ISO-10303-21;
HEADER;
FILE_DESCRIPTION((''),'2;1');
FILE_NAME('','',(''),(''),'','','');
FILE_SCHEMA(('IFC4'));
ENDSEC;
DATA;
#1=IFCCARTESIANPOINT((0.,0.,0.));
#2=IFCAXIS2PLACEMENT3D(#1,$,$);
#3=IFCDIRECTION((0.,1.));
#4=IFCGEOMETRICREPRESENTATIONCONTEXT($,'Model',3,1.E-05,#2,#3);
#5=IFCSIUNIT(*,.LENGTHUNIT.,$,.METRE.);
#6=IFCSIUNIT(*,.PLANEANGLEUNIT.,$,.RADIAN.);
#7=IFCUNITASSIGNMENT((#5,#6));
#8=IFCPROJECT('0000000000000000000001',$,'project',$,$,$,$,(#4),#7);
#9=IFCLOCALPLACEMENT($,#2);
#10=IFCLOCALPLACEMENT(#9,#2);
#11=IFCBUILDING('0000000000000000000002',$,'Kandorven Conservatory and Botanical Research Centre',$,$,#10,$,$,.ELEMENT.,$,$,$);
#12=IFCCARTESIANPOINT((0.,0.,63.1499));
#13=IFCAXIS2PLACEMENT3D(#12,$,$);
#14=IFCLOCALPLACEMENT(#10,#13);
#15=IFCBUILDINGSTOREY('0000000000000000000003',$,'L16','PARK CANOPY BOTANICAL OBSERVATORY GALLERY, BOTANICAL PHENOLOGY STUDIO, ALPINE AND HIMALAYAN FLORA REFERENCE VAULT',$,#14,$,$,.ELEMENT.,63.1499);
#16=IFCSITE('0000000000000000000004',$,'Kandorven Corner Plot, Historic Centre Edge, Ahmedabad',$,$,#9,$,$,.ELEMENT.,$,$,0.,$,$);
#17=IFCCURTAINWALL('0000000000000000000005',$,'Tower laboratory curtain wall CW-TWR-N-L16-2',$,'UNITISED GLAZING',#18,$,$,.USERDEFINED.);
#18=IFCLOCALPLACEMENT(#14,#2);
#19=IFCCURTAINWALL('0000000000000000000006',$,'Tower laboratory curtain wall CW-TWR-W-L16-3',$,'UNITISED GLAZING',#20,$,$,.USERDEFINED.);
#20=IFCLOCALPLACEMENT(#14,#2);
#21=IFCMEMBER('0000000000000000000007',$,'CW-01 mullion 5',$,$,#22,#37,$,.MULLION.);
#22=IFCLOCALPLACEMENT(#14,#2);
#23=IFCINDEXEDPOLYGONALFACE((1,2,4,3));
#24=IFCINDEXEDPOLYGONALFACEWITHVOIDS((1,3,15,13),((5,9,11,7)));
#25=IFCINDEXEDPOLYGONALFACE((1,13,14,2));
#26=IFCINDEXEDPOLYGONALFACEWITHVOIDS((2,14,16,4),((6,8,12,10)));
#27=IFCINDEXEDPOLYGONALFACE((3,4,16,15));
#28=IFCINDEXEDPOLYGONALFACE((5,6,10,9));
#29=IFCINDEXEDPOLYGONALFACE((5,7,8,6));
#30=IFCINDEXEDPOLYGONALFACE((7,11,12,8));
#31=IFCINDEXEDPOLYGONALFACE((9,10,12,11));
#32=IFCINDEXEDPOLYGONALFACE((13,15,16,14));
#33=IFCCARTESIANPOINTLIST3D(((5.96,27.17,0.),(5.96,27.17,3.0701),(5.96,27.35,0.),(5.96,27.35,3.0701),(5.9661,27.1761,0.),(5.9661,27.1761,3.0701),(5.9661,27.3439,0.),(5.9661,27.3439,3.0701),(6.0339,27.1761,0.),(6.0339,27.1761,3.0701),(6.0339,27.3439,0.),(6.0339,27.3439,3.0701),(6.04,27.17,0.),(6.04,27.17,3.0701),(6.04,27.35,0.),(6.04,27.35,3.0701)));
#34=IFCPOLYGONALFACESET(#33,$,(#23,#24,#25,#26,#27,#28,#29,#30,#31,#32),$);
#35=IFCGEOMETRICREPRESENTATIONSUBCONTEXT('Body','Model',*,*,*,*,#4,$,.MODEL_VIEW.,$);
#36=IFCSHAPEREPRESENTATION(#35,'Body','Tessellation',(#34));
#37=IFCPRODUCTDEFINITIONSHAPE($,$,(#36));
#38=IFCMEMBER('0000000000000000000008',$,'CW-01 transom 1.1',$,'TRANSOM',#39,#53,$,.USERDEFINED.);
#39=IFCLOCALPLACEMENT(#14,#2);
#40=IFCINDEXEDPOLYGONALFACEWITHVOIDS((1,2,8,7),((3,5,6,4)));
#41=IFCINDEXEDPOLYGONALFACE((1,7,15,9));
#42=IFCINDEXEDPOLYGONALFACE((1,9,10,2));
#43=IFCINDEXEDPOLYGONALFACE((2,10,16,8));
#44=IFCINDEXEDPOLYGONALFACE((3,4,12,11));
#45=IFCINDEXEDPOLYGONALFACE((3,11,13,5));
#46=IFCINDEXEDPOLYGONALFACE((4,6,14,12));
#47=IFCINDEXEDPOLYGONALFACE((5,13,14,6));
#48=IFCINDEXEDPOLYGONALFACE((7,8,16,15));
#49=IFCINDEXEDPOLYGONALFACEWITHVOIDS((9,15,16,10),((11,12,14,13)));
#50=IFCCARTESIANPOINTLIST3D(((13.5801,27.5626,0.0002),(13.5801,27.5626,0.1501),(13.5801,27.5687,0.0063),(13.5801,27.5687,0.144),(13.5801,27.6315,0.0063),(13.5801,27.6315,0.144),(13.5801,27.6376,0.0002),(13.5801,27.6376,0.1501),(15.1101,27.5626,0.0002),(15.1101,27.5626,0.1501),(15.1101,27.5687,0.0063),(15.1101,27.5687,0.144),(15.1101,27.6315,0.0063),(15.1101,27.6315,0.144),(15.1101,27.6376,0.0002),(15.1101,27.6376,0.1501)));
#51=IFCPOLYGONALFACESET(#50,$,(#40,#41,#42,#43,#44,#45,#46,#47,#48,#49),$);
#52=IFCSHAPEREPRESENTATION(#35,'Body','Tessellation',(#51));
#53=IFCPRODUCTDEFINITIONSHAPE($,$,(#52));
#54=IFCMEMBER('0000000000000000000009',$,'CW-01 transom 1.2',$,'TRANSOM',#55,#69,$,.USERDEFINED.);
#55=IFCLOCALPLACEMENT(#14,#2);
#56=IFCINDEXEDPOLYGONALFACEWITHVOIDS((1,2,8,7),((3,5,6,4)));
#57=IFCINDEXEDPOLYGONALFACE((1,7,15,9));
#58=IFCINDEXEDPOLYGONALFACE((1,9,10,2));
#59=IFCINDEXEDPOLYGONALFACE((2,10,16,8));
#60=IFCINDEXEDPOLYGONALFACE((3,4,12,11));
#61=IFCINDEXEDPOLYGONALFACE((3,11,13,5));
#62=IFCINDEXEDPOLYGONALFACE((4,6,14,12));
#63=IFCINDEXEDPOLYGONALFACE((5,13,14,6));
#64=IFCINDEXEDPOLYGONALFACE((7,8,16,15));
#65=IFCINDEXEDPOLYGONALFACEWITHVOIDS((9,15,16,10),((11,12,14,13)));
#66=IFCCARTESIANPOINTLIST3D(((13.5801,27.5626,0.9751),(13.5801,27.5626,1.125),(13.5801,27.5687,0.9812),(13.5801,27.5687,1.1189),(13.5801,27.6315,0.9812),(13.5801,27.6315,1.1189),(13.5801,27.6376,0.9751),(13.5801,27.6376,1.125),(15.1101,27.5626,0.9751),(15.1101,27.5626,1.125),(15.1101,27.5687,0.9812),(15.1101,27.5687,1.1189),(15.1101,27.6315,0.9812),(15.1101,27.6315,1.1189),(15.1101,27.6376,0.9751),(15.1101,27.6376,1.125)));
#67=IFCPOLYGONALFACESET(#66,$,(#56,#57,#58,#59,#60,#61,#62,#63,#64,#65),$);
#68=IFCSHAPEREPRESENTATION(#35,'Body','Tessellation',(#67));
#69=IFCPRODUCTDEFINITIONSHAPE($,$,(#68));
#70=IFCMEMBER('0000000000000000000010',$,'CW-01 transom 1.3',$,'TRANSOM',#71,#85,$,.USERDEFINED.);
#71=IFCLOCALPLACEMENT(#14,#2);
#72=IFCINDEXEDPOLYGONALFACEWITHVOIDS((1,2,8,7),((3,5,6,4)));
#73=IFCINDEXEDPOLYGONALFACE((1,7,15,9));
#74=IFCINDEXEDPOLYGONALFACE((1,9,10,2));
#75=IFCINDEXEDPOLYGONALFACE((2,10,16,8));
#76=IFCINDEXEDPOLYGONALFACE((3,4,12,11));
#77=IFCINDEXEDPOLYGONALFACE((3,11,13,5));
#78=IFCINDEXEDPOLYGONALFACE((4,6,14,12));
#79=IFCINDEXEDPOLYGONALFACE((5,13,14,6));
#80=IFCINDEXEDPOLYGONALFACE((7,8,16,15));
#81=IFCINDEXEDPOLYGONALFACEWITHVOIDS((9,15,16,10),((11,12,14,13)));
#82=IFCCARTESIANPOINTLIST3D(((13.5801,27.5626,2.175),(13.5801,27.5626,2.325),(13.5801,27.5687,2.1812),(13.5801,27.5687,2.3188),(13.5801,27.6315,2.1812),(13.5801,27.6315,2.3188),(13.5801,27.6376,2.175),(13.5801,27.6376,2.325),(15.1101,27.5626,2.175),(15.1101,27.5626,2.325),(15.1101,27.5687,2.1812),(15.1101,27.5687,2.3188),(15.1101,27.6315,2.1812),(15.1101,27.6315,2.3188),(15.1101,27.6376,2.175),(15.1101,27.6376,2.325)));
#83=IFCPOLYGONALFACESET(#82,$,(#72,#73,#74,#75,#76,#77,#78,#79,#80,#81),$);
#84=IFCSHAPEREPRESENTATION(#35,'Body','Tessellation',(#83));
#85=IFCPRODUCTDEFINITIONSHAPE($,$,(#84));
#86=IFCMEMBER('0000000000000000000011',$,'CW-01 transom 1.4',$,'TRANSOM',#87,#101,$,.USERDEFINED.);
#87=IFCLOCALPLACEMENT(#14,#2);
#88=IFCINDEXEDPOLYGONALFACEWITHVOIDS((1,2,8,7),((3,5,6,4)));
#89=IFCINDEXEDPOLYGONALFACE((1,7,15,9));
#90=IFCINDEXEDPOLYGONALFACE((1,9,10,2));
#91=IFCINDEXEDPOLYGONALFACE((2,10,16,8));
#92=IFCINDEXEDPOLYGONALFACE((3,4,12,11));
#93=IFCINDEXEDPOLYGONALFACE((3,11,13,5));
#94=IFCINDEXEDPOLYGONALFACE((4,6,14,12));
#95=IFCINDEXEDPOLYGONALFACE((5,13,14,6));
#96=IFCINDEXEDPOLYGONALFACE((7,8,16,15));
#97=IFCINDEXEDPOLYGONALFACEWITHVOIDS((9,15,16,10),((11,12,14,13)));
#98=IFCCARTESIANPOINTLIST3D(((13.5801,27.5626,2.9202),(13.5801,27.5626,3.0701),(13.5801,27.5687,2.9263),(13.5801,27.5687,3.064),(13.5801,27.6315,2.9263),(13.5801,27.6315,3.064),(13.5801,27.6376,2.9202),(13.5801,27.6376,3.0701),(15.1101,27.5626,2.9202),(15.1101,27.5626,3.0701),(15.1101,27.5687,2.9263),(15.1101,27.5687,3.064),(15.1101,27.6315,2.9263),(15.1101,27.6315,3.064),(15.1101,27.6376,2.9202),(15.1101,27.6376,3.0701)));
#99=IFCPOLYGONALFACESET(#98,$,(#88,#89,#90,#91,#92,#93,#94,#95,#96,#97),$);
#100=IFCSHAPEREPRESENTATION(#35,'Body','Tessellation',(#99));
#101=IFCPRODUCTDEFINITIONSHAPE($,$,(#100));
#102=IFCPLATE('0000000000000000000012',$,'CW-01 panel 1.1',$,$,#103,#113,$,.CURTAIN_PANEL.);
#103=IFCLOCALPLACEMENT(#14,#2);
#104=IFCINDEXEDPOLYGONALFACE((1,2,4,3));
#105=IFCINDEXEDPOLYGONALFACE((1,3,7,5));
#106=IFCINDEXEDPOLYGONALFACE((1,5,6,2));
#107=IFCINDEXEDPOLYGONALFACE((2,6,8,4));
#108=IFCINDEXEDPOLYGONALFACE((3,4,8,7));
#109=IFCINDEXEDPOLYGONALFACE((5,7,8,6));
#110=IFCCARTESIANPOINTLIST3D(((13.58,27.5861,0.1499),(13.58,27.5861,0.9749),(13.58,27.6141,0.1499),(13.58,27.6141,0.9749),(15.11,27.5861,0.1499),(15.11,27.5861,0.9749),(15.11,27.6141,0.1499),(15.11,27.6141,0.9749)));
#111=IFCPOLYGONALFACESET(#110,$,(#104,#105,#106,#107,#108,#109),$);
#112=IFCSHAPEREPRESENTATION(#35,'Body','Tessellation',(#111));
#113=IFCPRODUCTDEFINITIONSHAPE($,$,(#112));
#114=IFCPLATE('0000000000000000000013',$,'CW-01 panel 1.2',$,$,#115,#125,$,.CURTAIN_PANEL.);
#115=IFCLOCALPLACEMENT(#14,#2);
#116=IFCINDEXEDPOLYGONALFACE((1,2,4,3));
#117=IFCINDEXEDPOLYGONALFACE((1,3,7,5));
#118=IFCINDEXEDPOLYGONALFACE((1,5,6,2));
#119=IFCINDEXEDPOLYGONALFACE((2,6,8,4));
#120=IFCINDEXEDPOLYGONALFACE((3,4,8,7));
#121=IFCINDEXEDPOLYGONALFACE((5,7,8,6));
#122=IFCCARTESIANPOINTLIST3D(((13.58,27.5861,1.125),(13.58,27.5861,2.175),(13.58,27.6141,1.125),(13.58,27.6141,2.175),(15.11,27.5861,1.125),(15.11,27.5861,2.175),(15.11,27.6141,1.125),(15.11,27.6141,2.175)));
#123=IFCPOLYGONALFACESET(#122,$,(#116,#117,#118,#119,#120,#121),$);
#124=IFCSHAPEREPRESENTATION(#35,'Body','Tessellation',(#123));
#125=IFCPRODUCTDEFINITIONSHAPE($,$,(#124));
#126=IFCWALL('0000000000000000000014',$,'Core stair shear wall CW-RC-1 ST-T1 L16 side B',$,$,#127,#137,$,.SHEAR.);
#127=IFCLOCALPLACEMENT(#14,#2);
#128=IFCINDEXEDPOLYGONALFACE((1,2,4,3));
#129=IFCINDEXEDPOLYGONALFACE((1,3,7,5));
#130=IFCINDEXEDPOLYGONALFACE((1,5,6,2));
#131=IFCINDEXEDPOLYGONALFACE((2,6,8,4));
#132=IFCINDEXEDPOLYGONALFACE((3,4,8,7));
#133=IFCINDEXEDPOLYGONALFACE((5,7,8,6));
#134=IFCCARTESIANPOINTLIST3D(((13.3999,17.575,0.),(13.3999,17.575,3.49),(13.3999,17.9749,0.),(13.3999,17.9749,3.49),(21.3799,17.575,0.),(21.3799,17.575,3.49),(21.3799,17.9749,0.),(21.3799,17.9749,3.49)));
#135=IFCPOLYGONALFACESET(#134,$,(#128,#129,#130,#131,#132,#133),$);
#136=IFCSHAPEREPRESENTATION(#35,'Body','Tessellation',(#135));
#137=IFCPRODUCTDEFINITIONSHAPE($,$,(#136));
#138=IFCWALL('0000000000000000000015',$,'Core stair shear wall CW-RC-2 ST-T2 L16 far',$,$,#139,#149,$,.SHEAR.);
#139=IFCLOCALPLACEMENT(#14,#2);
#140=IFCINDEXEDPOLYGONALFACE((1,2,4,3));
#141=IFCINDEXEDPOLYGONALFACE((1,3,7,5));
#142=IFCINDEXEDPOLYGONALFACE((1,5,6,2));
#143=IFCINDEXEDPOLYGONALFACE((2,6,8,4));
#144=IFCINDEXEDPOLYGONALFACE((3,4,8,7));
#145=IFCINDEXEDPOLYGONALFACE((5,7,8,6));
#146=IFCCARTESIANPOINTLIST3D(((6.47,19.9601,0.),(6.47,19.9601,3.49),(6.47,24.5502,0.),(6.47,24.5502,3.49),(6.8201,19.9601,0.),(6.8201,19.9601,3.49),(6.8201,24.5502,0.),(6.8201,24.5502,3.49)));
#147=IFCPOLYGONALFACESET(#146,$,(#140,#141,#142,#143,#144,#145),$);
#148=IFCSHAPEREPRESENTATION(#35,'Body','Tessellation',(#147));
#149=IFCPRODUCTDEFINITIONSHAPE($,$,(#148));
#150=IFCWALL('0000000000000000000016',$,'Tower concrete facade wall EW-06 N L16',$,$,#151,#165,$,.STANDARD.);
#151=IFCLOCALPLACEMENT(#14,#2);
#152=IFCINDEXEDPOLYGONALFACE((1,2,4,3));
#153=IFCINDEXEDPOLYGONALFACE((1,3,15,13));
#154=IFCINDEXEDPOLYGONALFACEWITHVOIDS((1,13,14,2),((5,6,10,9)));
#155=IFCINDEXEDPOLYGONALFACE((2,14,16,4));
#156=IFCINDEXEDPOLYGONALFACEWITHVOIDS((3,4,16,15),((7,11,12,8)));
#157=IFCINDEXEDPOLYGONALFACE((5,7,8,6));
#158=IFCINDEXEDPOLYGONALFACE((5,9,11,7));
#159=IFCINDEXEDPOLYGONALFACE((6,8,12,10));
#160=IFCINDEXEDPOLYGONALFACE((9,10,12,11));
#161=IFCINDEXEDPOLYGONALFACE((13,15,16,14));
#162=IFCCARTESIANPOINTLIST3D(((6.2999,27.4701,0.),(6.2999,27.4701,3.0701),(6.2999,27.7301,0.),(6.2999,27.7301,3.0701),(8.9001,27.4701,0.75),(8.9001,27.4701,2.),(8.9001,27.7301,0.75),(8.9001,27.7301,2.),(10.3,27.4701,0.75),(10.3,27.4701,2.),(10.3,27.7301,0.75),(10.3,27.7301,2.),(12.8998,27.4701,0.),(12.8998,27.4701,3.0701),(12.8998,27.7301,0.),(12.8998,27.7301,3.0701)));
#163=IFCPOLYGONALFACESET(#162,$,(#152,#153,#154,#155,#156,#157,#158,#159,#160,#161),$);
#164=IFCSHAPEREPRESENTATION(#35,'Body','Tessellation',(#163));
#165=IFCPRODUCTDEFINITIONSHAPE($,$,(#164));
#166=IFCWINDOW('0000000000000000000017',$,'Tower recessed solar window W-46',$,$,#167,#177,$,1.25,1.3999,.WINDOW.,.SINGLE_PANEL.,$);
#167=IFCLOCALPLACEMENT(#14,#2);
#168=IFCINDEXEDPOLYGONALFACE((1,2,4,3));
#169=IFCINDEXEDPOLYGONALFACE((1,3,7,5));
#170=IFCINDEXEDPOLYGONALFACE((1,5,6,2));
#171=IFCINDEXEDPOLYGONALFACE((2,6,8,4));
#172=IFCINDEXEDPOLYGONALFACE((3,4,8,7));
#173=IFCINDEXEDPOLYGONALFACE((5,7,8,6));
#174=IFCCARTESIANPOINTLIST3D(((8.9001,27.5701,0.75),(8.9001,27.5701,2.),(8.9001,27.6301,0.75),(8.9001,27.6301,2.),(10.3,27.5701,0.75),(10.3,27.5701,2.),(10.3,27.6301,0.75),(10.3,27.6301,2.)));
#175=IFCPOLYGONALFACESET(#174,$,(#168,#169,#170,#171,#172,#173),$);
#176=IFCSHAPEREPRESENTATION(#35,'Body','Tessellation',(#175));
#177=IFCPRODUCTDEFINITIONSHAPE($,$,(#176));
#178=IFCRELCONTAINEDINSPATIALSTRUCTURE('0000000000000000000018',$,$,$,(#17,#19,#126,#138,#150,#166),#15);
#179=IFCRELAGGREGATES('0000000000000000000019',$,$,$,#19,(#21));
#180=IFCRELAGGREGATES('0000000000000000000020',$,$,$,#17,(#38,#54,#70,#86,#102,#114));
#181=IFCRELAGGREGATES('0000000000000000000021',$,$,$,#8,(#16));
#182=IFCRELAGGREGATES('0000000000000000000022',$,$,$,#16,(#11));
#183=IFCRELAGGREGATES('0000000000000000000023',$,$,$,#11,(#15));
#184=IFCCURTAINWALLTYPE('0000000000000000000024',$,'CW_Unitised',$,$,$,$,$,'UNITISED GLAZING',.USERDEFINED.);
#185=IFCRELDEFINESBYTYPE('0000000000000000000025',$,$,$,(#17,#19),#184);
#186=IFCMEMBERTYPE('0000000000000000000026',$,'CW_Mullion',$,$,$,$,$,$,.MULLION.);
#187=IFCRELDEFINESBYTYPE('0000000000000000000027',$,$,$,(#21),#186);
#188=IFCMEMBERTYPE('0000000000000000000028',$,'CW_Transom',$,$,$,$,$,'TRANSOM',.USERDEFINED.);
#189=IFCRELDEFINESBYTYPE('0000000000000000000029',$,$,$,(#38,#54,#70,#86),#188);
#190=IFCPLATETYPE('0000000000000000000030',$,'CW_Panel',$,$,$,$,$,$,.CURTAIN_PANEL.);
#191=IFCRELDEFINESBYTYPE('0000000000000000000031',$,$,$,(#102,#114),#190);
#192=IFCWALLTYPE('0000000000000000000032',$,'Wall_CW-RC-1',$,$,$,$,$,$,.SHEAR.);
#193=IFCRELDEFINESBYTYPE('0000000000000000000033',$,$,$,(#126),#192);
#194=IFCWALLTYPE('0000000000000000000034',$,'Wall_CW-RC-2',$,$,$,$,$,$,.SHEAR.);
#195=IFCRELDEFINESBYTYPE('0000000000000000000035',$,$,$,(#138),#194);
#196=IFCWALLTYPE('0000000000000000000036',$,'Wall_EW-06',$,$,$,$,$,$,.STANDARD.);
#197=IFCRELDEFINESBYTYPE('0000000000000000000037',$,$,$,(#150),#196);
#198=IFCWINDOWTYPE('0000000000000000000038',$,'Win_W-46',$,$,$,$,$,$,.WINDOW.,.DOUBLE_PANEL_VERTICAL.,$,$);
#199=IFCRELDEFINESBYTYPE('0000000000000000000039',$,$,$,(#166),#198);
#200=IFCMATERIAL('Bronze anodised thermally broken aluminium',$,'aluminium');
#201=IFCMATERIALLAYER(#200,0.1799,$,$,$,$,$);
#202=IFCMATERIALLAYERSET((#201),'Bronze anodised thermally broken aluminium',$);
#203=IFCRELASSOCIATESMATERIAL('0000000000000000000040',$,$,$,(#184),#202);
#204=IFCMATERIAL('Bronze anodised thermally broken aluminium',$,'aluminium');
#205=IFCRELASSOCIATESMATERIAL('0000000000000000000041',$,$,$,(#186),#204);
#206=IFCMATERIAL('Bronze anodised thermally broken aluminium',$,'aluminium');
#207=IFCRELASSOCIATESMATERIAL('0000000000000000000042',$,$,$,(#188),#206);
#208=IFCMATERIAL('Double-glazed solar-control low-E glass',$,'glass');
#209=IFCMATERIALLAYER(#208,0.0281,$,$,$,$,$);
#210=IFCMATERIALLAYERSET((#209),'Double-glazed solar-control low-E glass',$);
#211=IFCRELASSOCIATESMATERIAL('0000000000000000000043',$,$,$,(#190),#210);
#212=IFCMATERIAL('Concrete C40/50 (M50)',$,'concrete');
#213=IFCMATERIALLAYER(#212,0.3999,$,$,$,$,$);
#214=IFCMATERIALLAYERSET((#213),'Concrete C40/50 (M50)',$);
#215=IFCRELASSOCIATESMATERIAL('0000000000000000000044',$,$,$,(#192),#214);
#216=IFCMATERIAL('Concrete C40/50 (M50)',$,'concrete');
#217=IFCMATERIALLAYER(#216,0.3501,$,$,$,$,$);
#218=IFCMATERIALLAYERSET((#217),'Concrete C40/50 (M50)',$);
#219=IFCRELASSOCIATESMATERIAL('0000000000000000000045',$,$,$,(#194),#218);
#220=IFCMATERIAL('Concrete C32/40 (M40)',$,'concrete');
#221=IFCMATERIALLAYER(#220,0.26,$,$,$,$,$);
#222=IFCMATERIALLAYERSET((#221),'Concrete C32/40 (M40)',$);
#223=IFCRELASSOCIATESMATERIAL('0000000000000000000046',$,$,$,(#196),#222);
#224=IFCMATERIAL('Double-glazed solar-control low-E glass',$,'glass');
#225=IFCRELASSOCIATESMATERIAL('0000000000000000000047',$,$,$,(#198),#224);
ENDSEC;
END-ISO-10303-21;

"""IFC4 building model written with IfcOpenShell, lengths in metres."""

from ifc_helpers import new_model, si_unit, direction, frame, frame_2d, origin, origin_2d, place, context, subcontext, project, spatial, rectangle, hollow_rectangle, extrude, material, layer, layer_set, material_profile, profile_set, type_object, element, fill, aggregate, save


model = new_model("IFC4")

# Units and contexts
model_context = context("Model", 3, precision=1e-05, world=origin(), true_north=direction((0.0, 1.0)))
body_context = subcontext(model_context, "Body", "Model", "MODEL_VIEW")
ifc_project = project(units=[si_unit("LENGTHUNIT", "METRE"), si_unit("PLANEANGLEUNIT", "RADIAN")], contexts=[model_context])

# Site, building, storey
site_placement = place(None, origin())
site = spatial("IfcSite", under=ifc_project, at=site_placement, Name="Kandorven Corner Plot, Historic Centre Edge, Ahmedabad", CompositionType="ELEMENT", RefElevation=0.0)
building_placement = place(site_placement, origin())
building = spatial("IfcBuilding", under=site, at=building_placement, Name="Kandorven Conservatory and Botanical Research Centre", CompositionType="ELEMENT")
storey_placement = place(building_placement, frame((0.0, 0.0, 63.1499)))
storey = spatial("IfcBuildingStorey", under=building, at=storey_placement, Name="L16", Description="PARK CANOPY BOTANICAL OBSERVATORY GALLERY, BOTANICAL PHENOLOGY STUDIO, ALPINE AND HIMALAYAN FLORA REFERENCE VAULT", CompositionType="ELEMENT", Elevation=63.1499)

# Curtain walls, member
ifc_material_1 = material(Name="Bronze anodised thermally broken aluminium", Category="aluminium")
ifc_layer_1 = layer(ifc_material_1, 0.1799)
ifc_layer_set_1 = layer_set([ifc_layer_1], Name="Bronze anodised thermally broken aluminium")
curtain_wall_type = type_object("IfcCurtainWallType", Name="CW_Unitised", ElementType="UNITISED GLAZING", PredefinedType="USERDEFINED", material=ifc_layer_set_1)
curtain_wall_1_placement = place(storey_placement, origin())
curtain_wall_1 = element("IfcCurtainWall", 1, at=curtain_wall_1_placement, inside=storey, type_object=curtain_wall_type, Name="Tower laboratory curtain wall CW-TWR-N-L16-2", ObjectType="UNITISED GLAZING", PredefinedType="USERDEFINED")
ifc_material_2 = material(Name="Bronze anodised thermally broken aluminium", Category="aluminium")
ifc_material_profile_1 = material_profile(ifc_material_2, hollow_rectangle(XDim=0.0801, YDim=0.1799, WallThickness=0.0061, at=origin_2d()))
ifc_profile_set_1 = profile_set([ifc_material_profile_1], Name="Bronze anodised thermally broken aluminium")
member_type_1 = type_object("IfcMemberType", Name="CW_Mullion", PredefinedType="MULLION", material=ifc_profile_set_1)
curtain_wall_2_placement = place(storey_placement, origin())
curtain_wall_2 = element("IfcCurtainWall", 2, at=curtain_wall_2_placement, inside=storey, type_object=curtain_wall_type, Name="Tower laboratory curtain wall CW-TWR-W-L16-3", ObjectType="UNITISED GLAZING", PredefinedType="USERDEFINED")
member_1_placement = place(storey_placement, frame((6.0, 27.26, 0.0), z_axis=(0.0, 0.0, 1.0), x_axis=(-1.0, 0.0, 0.0)))
member_1 = element("IfcMember", 3, at=member_1_placement, type_object=member_type_1, Name="CW-01 mullion 5", PredefinedType="MULLION", context=body_context, shape_type="SweptSolid", body=[
    extrude(hollow_rectangle(XDim=0.0801, YDim=0.1799, WallThickness=0.0061, at=origin_2d()), origin(), (0.0, 0.0, 1.0), 3.0701),
])
aggregate(curtain_wall_2, [member_1])

# Members
ifc_material_3 = material(Name="Bronze anodised thermally broken aluminium", Category="aluminium")
ifc_material_profile_2 = material_profile(ifc_material_3, hollow_rectangle(XDim=0.075, YDim=0.1499, WallThickness=0.0061, at=origin_2d()))
ifc_profile_set_2 = profile_set([ifc_material_profile_2], Name="Bronze anodised thermally broken aluminium")
member_type_2 = type_object("IfcMemberType", Name="CW_Transom", ElementType="TRANSOM", PredefinedType="USERDEFINED", material=ifc_profile_set_2)
member_2_placement = place(storey_placement, frame((13.5801, 27.6001, 0.0752), z_axis=(1.0, 0.0, 0.0), x_axis=(0.0, 1.0, 0.0)))
member_2 = element("IfcMember", 4, at=member_2_placement, type_object=member_type_2, Name="CW-01 transom 1.1", ObjectType="TRANSOM", PredefinedType="USERDEFINED", context=body_context, shape_type="SweptSolid", body=[
    extrude(hollow_rectangle(XDim=0.075, YDim=0.1499, WallThickness=0.0061, at=origin_2d()), origin(), (0.0, 0.0, 1.0), 1.53),
])
member_3_placement = place(storey_placement, frame((13.5801, 27.6001, 1.05), z_axis=(1.0, 0.0, 0.0), x_axis=(0.0, 1.0, 0.0)))
member_3 = element("IfcMember", 5, at=member_3_placement, type_object=member_type_2, Name="CW-01 transom 1.2", ObjectType="TRANSOM", PredefinedType="USERDEFINED", context=body_context, shape_type="SweptSolid", body=[
    extrude(hollow_rectangle(XDim=0.075, YDim=0.1499, WallThickness=0.0061, at=origin_2d()), origin(), (0.0, 0.0, 1.0), 1.53),
])
member_4_placement = place(storey_placement, frame((13.5801, 27.6001, 2.25), z_axis=(1.0, 0.0, 0.0), x_axis=(0.0, 1.0, 0.0)))
member_4 = element("IfcMember", 6, at=member_4_placement, type_object=member_type_2, Name="CW-01 transom 1.3", ObjectType="TRANSOM", PredefinedType="USERDEFINED", context=body_context, shape_type="SweptSolid", body=[
    extrude(hollow_rectangle(XDim=0.075, YDim=0.1499, WallThickness=0.0061, at=origin_2d()), origin(), (0.0, 0.0, 1.0), 1.53),
])
member_5_placement = place(storey_placement, frame((13.5801, 27.6001, 2.9951), z_axis=(1.0, 0.0, 0.0), x_axis=(0.0, 1.0, 0.0)))
member_5 = element("IfcMember", 7, at=member_5_placement, type_object=member_type_2, Name="CW-01 transom 1.4", ObjectType="TRANSOM", PredefinedType="USERDEFINED", context=body_context, shape_type="SweptSolid", body=[
    extrude(hollow_rectangle(XDim=0.075, YDim=0.1499, WallThickness=0.0061, at=origin_2d()), origin(), (0.0, 0.0, 1.0), 1.53),
])

# Plates
ifc_material_4 = material(Name="Double-glazed solar-control low-E glass", Category="glass")
ifc_layer_2 = layer(ifc_material_4, 0.0281)
ifc_layer_set_2 = layer_set([ifc_layer_2], Name="Double-glazed solar-control low-E glass")
plate_type = type_object("IfcPlateType", Name="CW_Panel", PredefinedType="CURTAIN_PANEL", material=ifc_layer_set_2)
plate_1_placement = place(storey_placement, frame((14.345, 27.6001, 0.1499), z_axis=(0.0, 0.0, 1.0), x_axis=(1.0, 0.0, 0.0)))
plate_1 = element("IfcPlate", 8, at=plate_1_placement, type_object=plate_type, Name="CW-01 panel 1.1", PredefinedType="CURTAIN_PANEL", context=body_context, shape_type="SweptSolid", body=[
    extrude(rectangle(XDim=1.53, YDim=0.0281, at=origin_2d()), origin(), (0.0, 0.0, 1.0), 0.825),
])
plate_2_placement = place(storey_placement, frame((14.345, 27.6001, 1.125), z_axis=(0.0, 0.0, 1.0), x_axis=(1.0, 0.0, 0.0)))
plate_2 = element("IfcPlate", 9, at=plate_2_placement, type_object=plate_type, Name="CW-01 panel 1.2", PredefinedType="CURTAIN_PANEL", context=body_context, shape_type="SweptSolid", body=[
    extrude(rectangle(XDim=1.53, YDim=0.0281, at=origin_2d()), origin(), (0.0, 0.0, 1.0), 1.05),
])
aggregate(curtain_wall_1, [member_2, member_3, member_4, member_5, plate_1, plate_2])

# Walls
ifc_material_5 = material(Name="Concrete C40/50 (M50)", Category="concrete")
ifc_layer_3 = layer(ifc_material_5, 0.3999)
ifc_layer_set_3 = layer_set([ifc_layer_3], Name="Concrete C40/50 (M50)")
wall_type_1 = type_object("IfcWallType", Name="Wall_CW-RC-1", PredefinedType="SHEAR", material=ifc_layer_set_3)
wall_1_placement = place(storey_placement, frame((13.3999, 17.7749, 0.0), z_axis=(0.0, 0.0, 1.0), x_axis=(1.0, 0.0, 0.0)))
element("IfcWall", 10, at=wall_1_placement, inside=storey, type_object=wall_type_1, Name="Core stair shear wall CW-RC-1 ST-T1 L16 side B", PredefinedType="SHEAR", context=body_context, shape_type="SweptSolid", body=[
    extrude(rectangle(XDim=7.98, YDim=0.3999, at=frame_2d((3.99, 0.0))), origin(), (0.0, 0.0, 1.0), 3.49),
])
ifc_material_6 = material(Name="Concrete C40/50 (M50)", Category="concrete")
ifc_layer_4 = layer(ifc_material_6, 0.3501)
ifc_layer_set_4 = layer_set([ifc_layer_4], Name="Concrete C40/50 (M50)")
wall_type_2 = type_object("IfcWallType", Name="Wall_CW-RC-2", PredefinedType="SHEAR", material=ifc_layer_set_4)
wall_2_placement = place(storey_placement, frame((6.645, 24.55, 0.0), z_axis=(0.0, 0.0, 1.0), x_axis=(0.0, -1.0, 0.0)))
element("IfcWall", 11, at=wall_2_placement, inside=storey, type_object=wall_type_2, Name="Core stair shear wall CW-RC-2 ST-T2 L16 far", PredefinedType="SHEAR", context=body_context, shape_type="SweptSolid", body=[
    extrude(rectangle(XDim=4.5901, YDim=0.3501, at=frame_2d((2.2949, 0.0))), origin(), (0.0, 0.0, 1.0), 3.49),
])

# Wall, opening, window
ifc_material_7 = material(Name="Concrete C32/40 (M40)", Category="concrete")
ifc_layer_5 = layer(ifc_material_7, 0.26)
ifc_layer_set_5 = layer_set([ifc_layer_5], Name="Concrete C32/40 (M40)")
wall_type_3 = type_object("IfcWallType", Name="Wall_EW-06", PredefinedType="STANDARD", material=ifc_layer_set_5)
wall_3_placement = place(storey_placement, frame((6.3, 27.6001, 0.0), z_axis=(0.0, 0.0, 1.0), x_axis=(1.0, 0.0, 0.0)))
wall_3 = element("IfcWall", 12, at=wall_3_placement, inside=storey, type_object=wall_type_3, Name="Tower concrete facade wall EW-06 N L16", PredefinedType="STANDARD", context=body_context, shape_type="SweptSolid", body=[
    extrude(rectangle(XDim=6.5999, YDim=0.26, at=frame_2d((3.2998, 0.0))), origin(), (0.0, 0.0, 1.0), 3.0701),
])
opening_1_placement = place(wall_3_placement, frame((2.6001, 0.0, 0.75)))
opening_1 = element("IfcOpeningElement", 13, at=opening_1_placement, cuts=wall_3, PredefinedType="OPENING", context=body_context, shape_type="SweptSolid", body=[
    extrude(rectangle(XDim=1.3999, YDim=1.25, at=frame_2d((0.7, 0.625))), frame((0.0, 0.1399, 0.0), z_axis=(0.0, -1.0, 0.0), x_axis=(1.0, 0.0, 0.0)), (0.0, 0.0, 1.0), 0.28),
])
ifc_material_8 = material(Name="Double-glazed solar-control low-E glass", Category="glass")
window_type = type_object("IfcWindowType", Name="Win_W-46", PartitioningType="DOUBLE_PANEL_VERTICAL", PredefinedType="WINDOW", material=ifc_material_8)
window_placement = place(opening_1_placement, origin())
window = element("IfcWindow", 14, at=window_placement, inside=storey, type_object=window_type, Name="Tower recessed solar window W-46", OverallHeight=1.25, OverallWidth=1.3999, PartitioningType="SINGLE_PANEL", PredefinedType="WINDOW", context=body_context, shape_type="SweptSolid", body=[
    extrude(rectangle(XDim=1.3999, YDim=1.25, at=frame_2d((0.7, 0.625))), frame((0.0, 0.03, 0.0), z_axis=(0.0, -1.0, 0.0), x_axis=(1.0, 0.0, 0.0)), (0.0, 0.0, 1.0), 0.0601),
])
fill(opening_1, window)

save(model, "model.ifc")
